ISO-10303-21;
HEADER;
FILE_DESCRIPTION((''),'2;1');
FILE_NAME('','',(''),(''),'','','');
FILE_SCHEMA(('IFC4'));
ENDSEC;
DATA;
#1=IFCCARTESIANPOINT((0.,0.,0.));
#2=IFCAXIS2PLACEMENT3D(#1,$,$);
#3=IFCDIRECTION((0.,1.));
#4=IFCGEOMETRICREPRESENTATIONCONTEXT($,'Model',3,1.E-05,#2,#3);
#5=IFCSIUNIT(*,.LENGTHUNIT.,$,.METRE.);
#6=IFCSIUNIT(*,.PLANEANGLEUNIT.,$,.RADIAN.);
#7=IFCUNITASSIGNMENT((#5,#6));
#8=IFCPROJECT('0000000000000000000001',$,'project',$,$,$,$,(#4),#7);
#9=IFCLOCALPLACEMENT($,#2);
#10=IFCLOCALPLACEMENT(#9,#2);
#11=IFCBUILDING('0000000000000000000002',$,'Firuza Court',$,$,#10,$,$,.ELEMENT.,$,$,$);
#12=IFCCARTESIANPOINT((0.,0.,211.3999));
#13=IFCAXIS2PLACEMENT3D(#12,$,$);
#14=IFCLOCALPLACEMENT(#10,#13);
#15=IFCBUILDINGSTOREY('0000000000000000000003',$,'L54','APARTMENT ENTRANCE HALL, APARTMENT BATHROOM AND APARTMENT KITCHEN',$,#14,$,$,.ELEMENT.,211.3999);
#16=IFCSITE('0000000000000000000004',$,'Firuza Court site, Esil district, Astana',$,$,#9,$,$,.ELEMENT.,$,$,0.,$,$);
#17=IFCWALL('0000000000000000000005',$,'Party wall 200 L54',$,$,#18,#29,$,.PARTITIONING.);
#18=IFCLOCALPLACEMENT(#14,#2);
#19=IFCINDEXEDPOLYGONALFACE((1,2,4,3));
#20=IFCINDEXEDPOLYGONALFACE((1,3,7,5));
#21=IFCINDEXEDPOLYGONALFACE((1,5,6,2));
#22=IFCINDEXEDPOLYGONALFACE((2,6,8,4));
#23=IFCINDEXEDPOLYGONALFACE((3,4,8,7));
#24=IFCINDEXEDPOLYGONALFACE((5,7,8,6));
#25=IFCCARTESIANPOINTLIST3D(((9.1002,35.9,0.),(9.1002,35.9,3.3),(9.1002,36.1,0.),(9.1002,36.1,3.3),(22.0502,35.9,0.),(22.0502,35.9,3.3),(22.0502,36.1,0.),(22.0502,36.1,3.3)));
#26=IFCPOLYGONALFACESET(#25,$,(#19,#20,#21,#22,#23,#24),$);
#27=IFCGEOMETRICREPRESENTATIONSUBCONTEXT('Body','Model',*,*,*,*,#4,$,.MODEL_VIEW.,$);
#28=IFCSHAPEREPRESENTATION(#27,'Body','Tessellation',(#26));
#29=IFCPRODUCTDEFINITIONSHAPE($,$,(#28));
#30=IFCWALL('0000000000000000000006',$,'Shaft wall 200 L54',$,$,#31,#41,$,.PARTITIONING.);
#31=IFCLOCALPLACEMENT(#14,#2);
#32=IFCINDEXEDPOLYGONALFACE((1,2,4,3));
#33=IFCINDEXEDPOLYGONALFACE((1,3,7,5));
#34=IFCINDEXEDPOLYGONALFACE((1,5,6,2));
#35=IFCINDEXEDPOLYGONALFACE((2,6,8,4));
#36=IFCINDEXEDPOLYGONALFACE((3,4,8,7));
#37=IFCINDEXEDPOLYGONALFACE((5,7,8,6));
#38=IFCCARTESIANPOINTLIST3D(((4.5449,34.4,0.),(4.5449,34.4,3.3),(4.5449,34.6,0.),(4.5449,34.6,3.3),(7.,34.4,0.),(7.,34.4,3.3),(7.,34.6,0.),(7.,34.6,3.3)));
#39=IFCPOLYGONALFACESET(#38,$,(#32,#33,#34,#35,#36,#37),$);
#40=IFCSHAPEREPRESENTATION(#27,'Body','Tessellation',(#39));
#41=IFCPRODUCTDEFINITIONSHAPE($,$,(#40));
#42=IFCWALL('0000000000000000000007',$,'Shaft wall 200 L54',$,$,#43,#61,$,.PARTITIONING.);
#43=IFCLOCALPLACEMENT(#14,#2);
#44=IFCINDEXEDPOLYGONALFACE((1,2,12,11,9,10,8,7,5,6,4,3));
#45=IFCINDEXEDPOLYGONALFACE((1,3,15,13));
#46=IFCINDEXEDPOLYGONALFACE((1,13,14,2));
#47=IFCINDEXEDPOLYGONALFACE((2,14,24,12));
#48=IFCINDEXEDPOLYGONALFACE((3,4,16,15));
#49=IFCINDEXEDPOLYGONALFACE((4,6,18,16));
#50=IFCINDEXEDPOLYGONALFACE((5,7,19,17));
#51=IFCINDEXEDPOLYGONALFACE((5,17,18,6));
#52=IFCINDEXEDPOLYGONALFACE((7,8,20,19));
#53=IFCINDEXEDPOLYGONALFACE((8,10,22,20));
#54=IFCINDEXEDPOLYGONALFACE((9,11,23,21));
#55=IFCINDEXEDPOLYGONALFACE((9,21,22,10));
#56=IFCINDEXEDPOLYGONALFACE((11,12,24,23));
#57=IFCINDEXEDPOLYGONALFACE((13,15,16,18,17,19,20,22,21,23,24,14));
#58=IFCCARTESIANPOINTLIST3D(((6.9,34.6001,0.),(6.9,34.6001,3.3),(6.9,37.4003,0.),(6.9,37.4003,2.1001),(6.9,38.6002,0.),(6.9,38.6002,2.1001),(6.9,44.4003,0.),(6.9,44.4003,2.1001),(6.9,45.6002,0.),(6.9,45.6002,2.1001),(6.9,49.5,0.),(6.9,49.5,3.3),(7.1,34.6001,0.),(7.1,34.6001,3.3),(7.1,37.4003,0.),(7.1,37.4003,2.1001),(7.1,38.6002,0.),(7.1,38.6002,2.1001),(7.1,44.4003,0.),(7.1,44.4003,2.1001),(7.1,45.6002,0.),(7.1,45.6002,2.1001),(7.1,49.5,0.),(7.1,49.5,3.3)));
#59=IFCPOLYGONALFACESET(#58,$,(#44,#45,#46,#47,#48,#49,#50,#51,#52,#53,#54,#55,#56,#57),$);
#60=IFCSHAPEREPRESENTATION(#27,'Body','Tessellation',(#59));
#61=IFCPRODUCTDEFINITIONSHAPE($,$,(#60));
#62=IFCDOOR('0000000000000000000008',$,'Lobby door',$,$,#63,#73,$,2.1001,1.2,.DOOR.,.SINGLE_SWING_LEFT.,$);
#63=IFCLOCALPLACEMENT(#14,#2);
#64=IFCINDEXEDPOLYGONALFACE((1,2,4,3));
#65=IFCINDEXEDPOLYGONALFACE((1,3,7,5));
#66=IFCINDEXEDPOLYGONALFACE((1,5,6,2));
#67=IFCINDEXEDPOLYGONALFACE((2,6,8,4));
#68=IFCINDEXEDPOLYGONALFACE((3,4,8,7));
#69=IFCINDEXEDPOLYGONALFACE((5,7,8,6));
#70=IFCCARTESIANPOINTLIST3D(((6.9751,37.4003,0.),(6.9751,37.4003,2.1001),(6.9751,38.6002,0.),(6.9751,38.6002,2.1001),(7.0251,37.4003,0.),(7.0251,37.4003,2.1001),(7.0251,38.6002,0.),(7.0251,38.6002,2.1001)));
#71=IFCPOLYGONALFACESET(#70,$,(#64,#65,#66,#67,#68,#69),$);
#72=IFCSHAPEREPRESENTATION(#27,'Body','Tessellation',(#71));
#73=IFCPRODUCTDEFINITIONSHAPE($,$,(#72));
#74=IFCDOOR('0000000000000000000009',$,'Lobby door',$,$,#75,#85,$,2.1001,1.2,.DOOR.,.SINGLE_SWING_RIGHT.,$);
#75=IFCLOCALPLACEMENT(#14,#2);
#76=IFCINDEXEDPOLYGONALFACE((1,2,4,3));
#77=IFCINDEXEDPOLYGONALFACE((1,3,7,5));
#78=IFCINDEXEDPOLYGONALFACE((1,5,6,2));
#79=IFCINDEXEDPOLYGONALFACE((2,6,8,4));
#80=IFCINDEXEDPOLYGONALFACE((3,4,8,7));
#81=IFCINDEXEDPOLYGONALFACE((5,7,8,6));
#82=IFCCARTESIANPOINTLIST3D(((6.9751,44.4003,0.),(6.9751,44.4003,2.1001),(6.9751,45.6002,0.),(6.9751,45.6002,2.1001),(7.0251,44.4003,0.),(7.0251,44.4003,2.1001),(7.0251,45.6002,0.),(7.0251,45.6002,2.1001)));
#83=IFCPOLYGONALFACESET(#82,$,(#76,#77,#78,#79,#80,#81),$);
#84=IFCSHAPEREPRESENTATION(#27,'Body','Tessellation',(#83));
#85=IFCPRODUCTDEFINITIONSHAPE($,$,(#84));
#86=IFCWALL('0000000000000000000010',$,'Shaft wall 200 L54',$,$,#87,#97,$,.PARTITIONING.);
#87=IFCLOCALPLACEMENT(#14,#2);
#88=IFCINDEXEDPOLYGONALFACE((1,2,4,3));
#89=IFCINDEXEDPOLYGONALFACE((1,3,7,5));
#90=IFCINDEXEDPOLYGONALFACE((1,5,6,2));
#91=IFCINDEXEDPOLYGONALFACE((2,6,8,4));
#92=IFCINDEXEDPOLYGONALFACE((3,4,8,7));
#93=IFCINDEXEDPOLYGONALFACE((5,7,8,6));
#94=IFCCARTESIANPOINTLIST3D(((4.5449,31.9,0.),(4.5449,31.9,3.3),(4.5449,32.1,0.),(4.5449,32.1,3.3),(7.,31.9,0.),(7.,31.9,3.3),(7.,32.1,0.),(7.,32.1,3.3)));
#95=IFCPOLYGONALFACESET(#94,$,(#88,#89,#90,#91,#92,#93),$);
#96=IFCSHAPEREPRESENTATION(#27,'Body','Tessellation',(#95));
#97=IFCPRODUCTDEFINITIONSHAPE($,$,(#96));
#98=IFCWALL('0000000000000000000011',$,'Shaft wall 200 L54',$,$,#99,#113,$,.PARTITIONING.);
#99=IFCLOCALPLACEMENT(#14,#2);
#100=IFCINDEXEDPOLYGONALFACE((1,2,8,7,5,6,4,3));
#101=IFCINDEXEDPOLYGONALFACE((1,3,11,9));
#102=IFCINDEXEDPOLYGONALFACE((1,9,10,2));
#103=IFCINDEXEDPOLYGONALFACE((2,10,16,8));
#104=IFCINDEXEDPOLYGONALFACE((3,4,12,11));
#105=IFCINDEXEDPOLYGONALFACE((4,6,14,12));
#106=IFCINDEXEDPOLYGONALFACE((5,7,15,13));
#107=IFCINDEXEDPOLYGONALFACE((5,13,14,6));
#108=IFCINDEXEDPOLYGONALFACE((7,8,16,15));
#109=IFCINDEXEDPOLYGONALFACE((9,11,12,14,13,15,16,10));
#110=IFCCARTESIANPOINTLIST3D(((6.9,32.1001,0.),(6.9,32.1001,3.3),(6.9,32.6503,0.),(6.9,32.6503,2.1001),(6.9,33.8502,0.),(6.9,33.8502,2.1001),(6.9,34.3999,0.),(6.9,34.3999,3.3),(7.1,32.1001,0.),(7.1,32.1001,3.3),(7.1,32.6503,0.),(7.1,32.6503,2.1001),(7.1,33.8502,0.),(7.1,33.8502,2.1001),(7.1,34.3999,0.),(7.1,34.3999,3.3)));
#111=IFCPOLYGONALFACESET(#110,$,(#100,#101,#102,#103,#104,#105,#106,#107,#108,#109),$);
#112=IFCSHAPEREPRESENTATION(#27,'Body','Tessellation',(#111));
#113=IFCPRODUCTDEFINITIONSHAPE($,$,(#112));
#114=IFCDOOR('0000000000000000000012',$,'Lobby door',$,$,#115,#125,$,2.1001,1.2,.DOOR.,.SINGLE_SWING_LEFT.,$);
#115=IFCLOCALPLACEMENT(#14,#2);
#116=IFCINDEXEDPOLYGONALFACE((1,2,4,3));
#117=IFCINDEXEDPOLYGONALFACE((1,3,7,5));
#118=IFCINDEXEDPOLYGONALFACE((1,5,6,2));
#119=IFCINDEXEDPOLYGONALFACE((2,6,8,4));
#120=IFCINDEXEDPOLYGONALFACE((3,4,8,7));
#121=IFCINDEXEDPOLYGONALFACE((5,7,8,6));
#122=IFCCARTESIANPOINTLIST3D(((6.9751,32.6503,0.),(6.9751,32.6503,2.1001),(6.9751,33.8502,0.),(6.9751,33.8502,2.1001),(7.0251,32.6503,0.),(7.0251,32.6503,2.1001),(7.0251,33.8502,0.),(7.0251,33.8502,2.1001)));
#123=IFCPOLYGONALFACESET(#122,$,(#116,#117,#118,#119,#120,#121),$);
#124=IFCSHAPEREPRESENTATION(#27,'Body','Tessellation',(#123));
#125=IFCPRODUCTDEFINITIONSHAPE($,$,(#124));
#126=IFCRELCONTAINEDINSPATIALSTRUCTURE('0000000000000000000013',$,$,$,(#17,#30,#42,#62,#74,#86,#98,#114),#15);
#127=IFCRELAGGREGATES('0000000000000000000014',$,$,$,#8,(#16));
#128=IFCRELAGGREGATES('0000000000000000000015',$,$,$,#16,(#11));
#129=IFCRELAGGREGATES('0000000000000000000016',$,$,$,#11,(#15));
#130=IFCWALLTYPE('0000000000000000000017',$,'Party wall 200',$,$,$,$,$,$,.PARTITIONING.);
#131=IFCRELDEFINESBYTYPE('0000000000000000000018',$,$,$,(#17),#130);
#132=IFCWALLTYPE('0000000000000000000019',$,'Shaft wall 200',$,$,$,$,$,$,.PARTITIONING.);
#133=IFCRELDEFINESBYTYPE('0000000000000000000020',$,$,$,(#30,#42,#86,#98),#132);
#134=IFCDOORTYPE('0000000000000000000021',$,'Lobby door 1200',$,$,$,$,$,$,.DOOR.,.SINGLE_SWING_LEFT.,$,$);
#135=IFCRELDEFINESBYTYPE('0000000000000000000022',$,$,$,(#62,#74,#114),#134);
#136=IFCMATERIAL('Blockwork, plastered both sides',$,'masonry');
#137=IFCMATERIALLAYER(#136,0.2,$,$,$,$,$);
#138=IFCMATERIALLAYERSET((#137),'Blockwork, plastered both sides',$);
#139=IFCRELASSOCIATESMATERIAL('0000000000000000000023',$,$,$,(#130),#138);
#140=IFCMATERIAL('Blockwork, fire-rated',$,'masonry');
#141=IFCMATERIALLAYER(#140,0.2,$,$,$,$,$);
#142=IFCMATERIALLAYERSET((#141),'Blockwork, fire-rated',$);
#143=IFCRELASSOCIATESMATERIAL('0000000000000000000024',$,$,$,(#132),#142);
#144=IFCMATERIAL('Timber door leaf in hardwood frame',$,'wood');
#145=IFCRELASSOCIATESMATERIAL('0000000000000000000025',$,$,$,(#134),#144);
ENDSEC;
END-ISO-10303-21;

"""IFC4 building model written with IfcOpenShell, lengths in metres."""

from ifc_helpers import new_model, si_unit, direction, frame, frame_2d, origin, place, context, subcontext, project, spatial, rectangle, extrude, material, layer, layer_set, type_object, element, fill, save


model = new_model("IFC4")

# Units and contexts
model_context = context("Model", 3, precision=1e-05, world=origin(), true_north=direction((0.0, 1.0)))
body_context = subcontext(model_context, "Body", "Model", "MODEL_VIEW")
ifc_project = project(units=[si_unit("LENGTHUNIT", "METRE"), si_unit("PLANEANGLEUNIT", "RADIAN")], contexts=[model_context])

# Site, building, storey
site_placement = place(None, origin())
site = spatial("IfcSite", under=ifc_project, at=site_placement, Name="Firuza Court site, Esil district, Astana", CompositionType="ELEMENT", RefElevation=0.0)
building_placement = place(site_placement, origin())
building = spatial("IfcBuilding", under=site, at=building_placement, Name="Firuza Court", CompositionType="ELEMENT")
storey_placement = place(building_placement, frame((0.0, 0.0, 211.3999)))
storey = spatial("IfcBuildingStorey", under=building, at=storey_placement, Name="L54", Description="APARTMENT ENTRANCE HALL, APARTMENT BATHROOM AND APARTMENT KITCHEN", CompositionType="ELEMENT", Elevation=211.3999)

# Shared definitions
ifc_material_1 = material(Name="Blockwork, plastered both sides", Category="masonry")

# Walls
ifc_layer_1 = layer(ifc_material_1, 0.2)
ifc_layer_set_1 = layer_set([ifc_layer_1], Name="Blockwork, plastered both sides")
wall_type_1 = type_object("IfcWallType", Name="Party wall 200", PredefinedType="PARTITIONING", material=ifc_layer_set_1)
wall_1_placement = place(storey_placement, frame((9.1001, 36.0, 0.0), z_axis=(0.0, 0.0, 1.0), x_axis=(1.0, 0.0, 0.0)))
element("IfcWall", 1, at=wall_1_placement, inside=storey, type_object=wall_type_1, Name="Party wall 200 L54", PredefinedType="PARTITIONING", context=body_context, shape_type="SweptSolid", body=[
    extrude(rectangle(XDim=12.95, YDim=0.2, at=frame_2d((6.4751, 0.0))), origin(), (0.0, 0.0, 1.0), 3.3),
])
ifc_material_2 = material(Name="Blockwork, fire-rated", Category="masonry")
ifc_layer_2 = layer(ifc_material_2, 0.2)
ifc_layer_set_2 = layer_set([ifc_layer_2], Name="Blockwork, fire-rated")
wall_type_2 = type_object("IfcWallType", Name="Shaft wall 200", PredefinedType="PARTITIONING", material=ifc_layer_set_2)
wall_2_placement = place(storey_placement, frame((4.5449, 34.5, 0.0), z_axis=(0.0, 0.0, 1.0), x_axis=(1.0, 0.0, 0.0)))
element("IfcWall", 2, at=wall_2_placement, inside=storey, type_object=wall_type_2, Name="Shaft wall 200 L54", PredefinedType="PARTITIONING", context=body_context, shape_type="SweptSolid", body=[
    extrude(rectangle(XDim=2.4551, YDim=0.2, at=frame_2d((1.2275, 0.0))), origin(), (0.0, 0.0, 1.0), 3.3),
])

# Wall, openings, doors
wall_3_placement = place(storey_placement, frame((7.0, 34.6001, 0.0), z_axis=(0.0, 0.0, 1.0), x_axis=(0.0, 1.0, 0.0)))
wall_3 = element("IfcWall", 3, at=wall_3_placement, inside=storey, type_object=wall_type_2, Name="Shaft wall 200 L54", PredefinedType="PARTITIONING", context=body_context, shape_type="SweptSolid", body=[
    extrude(rectangle(XDim=14.8999, YDim=0.2, at=frame_2d((7.45, 0.0))), origin(), (0.0, 0.0, 1.0), 3.3),
])
opening_1_placement = place(wall_3_placement, frame((2.8, 0.0, 0.0)))
opening_1 = element("IfcOpeningElement", 4, at=opening_1_placement, cuts=wall_3, PredefinedType="OPENING", context=body_context, shape_type="SweptSolid", body=[
    extrude(rectangle(XDim=1.2, YDim=2.1001, at=frame_2d((0.6001, 1.05))), frame((0.0, 0.1118, 0.0), z_axis=(0.0, -1.0, 0.0), x_axis=(1.0, 0.0, 0.0)), (0.0, 0.0, 1.0), 0.2239),
])
opening_2_placement = place(wall_3_placement, frame((9.8, 0.0, 0.0)))
opening_2 = element("IfcOpeningElement", 5, at=opening_2_placement, cuts=wall_3, PredefinedType="OPENING", context=body_context, shape_type="SweptSolid", body=[
    extrude(rectangle(XDim=1.2, YDim=2.1001, at=frame_2d((0.6001, 1.05))), frame((0.0, 0.1118, 0.0), z_axis=(0.0, -1.0, 0.0), x_axis=(1.0, 0.0, 0.0)), (0.0, 0.0, 1.0), 0.2239),
])
ifc_material_3 = material(Name="Timber door leaf in hardwood frame", Category="wood")
door_type_1 = type_object("IfcDoorType", Name="Lobby door 1200", OperationType="SINGLE_SWING_LEFT", PredefinedType="DOOR", material=ifc_material_3)
door_1_placement = place(opening_1_placement, origin())
door_1 = element("IfcDoor", 6, at=door_1_placement, inside=storey, type_object=door_type_1, Name="Lobby door", OperationType="SINGLE_SWING_LEFT", OverallHeight=2.1001, OverallWidth=1.2, PredefinedType="DOOR", context=body_context, shape_type="SweptSolid", body=[
    extrude(rectangle(XDim=1.2, YDim=2.1001, at=frame_2d((0.6001, 1.05))), frame((0.0, 0.0249, 0.0), z_axis=(0.0, -1.0, 0.0), x_axis=(1.0, 0.0, 0.0)), (0.0, 0.0, 1.0), 0.05),
])
fill(opening_1, door_1)
door_2_placement = place(opening_2_placement, origin())
door_2 = element("IfcDoor", 7, at=door_2_placement, inside=storey, type_object=door_type_1, Name="Lobby door", OperationType="SINGLE_SWING_RIGHT", OverallHeight=2.1001, OverallWidth=1.2, PredefinedType="DOOR", context=body_context, shape_type="SweptSolid", body=[
    extrude(rectangle(XDim=1.2, YDim=2.1001, at=frame_2d((0.6001, 1.05))), frame((0.0, 0.0249, 0.0), z_axis=(0.0, -1.0, 0.0), x_axis=(1.0, 0.0, 0.0)), (0.0, 0.0, 1.0), 0.05),
])
fill(opening_2, door_2)

# Wall
wall_4_placement = place(storey_placement, frame((4.5449, 32.0, 0.0), z_axis=(0.0, 0.0, 1.0), x_axis=(1.0, 0.0, 0.0)))
element("IfcWall", 8, at=wall_4_placement, inside=storey, type_object=wall_type_2, Name="Shaft wall 200 L54", PredefinedType="PARTITIONING", context=body_context, shape_type="SweptSolid", body=[
    extrude(rectangle(XDim=2.4551, YDim=0.2, at=frame_2d((1.2275, 0.0))), origin(), (0.0, 0.0, 1.0), 3.3),
])

# Wall, opening, door
wall_5_placement = place(storey_placement, frame((7.0, 32.1001, 0.0), z_axis=(0.0, 0.0, 1.0), x_axis=(0.0, 1.0, 0.0)))
wall_5 = element("IfcWall", 9, at=wall_5_placement, inside=storey, type_object=wall_type_2, Name="Shaft wall 200 L54", PredefinedType="PARTITIONING", context=body_context, shape_type="SweptSolid", body=[
    extrude(rectangle(XDim=2.2998, YDim=0.2, at=frame_2d((1.1499, 0.0))), origin(), (0.0, 0.0, 1.0), 3.3),
])
opening_3_placement = place(wall_5_placement, frame((0.55, 0.0, 0.0)))
opening_3 = element("IfcOpeningElement", 10, at=opening_3_placement, cuts=wall_5, PredefinedType="OPENING", context=body_context, shape_type="SweptSolid", body=[
    extrude(rectangle(XDim=1.2, YDim=2.1001, at=frame_2d((0.6001, 1.05))), frame((0.0, 0.1118, 0.0), z_axis=(0.0, -1.0, 0.0), x_axis=(1.0, 0.0, 0.0)), (0.0, 0.0, 1.0), 0.2239),
])
door_3_placement = place(opening_3_placement, origin())
door_3 = element("IfcDoor", 11, at=door_3_placement, inside=storey, type_object=door_type_1, Name="Lobby door", OperationType="SINGLE_SWING_LEFT", OverallHeight=2.1001, OverallWidth=1.2, PredefinedType="DOOR", context=body_context, shape_type="SweptSolid", body=[
    extrude(rectangle(XDim=1.2, YDim=2.1001, at=frame_2d((0.6001, 1.05))), frame((0.0, 0.0249, 0.0), z_axis=(0.0, -1.0, 0.0), x_axis=(1.0, 0.0, 0.0)), (0.0, 0.0, 1.0), 0.05),
])
fill(opening_3, door_3)

save(model, "model.ifc")
